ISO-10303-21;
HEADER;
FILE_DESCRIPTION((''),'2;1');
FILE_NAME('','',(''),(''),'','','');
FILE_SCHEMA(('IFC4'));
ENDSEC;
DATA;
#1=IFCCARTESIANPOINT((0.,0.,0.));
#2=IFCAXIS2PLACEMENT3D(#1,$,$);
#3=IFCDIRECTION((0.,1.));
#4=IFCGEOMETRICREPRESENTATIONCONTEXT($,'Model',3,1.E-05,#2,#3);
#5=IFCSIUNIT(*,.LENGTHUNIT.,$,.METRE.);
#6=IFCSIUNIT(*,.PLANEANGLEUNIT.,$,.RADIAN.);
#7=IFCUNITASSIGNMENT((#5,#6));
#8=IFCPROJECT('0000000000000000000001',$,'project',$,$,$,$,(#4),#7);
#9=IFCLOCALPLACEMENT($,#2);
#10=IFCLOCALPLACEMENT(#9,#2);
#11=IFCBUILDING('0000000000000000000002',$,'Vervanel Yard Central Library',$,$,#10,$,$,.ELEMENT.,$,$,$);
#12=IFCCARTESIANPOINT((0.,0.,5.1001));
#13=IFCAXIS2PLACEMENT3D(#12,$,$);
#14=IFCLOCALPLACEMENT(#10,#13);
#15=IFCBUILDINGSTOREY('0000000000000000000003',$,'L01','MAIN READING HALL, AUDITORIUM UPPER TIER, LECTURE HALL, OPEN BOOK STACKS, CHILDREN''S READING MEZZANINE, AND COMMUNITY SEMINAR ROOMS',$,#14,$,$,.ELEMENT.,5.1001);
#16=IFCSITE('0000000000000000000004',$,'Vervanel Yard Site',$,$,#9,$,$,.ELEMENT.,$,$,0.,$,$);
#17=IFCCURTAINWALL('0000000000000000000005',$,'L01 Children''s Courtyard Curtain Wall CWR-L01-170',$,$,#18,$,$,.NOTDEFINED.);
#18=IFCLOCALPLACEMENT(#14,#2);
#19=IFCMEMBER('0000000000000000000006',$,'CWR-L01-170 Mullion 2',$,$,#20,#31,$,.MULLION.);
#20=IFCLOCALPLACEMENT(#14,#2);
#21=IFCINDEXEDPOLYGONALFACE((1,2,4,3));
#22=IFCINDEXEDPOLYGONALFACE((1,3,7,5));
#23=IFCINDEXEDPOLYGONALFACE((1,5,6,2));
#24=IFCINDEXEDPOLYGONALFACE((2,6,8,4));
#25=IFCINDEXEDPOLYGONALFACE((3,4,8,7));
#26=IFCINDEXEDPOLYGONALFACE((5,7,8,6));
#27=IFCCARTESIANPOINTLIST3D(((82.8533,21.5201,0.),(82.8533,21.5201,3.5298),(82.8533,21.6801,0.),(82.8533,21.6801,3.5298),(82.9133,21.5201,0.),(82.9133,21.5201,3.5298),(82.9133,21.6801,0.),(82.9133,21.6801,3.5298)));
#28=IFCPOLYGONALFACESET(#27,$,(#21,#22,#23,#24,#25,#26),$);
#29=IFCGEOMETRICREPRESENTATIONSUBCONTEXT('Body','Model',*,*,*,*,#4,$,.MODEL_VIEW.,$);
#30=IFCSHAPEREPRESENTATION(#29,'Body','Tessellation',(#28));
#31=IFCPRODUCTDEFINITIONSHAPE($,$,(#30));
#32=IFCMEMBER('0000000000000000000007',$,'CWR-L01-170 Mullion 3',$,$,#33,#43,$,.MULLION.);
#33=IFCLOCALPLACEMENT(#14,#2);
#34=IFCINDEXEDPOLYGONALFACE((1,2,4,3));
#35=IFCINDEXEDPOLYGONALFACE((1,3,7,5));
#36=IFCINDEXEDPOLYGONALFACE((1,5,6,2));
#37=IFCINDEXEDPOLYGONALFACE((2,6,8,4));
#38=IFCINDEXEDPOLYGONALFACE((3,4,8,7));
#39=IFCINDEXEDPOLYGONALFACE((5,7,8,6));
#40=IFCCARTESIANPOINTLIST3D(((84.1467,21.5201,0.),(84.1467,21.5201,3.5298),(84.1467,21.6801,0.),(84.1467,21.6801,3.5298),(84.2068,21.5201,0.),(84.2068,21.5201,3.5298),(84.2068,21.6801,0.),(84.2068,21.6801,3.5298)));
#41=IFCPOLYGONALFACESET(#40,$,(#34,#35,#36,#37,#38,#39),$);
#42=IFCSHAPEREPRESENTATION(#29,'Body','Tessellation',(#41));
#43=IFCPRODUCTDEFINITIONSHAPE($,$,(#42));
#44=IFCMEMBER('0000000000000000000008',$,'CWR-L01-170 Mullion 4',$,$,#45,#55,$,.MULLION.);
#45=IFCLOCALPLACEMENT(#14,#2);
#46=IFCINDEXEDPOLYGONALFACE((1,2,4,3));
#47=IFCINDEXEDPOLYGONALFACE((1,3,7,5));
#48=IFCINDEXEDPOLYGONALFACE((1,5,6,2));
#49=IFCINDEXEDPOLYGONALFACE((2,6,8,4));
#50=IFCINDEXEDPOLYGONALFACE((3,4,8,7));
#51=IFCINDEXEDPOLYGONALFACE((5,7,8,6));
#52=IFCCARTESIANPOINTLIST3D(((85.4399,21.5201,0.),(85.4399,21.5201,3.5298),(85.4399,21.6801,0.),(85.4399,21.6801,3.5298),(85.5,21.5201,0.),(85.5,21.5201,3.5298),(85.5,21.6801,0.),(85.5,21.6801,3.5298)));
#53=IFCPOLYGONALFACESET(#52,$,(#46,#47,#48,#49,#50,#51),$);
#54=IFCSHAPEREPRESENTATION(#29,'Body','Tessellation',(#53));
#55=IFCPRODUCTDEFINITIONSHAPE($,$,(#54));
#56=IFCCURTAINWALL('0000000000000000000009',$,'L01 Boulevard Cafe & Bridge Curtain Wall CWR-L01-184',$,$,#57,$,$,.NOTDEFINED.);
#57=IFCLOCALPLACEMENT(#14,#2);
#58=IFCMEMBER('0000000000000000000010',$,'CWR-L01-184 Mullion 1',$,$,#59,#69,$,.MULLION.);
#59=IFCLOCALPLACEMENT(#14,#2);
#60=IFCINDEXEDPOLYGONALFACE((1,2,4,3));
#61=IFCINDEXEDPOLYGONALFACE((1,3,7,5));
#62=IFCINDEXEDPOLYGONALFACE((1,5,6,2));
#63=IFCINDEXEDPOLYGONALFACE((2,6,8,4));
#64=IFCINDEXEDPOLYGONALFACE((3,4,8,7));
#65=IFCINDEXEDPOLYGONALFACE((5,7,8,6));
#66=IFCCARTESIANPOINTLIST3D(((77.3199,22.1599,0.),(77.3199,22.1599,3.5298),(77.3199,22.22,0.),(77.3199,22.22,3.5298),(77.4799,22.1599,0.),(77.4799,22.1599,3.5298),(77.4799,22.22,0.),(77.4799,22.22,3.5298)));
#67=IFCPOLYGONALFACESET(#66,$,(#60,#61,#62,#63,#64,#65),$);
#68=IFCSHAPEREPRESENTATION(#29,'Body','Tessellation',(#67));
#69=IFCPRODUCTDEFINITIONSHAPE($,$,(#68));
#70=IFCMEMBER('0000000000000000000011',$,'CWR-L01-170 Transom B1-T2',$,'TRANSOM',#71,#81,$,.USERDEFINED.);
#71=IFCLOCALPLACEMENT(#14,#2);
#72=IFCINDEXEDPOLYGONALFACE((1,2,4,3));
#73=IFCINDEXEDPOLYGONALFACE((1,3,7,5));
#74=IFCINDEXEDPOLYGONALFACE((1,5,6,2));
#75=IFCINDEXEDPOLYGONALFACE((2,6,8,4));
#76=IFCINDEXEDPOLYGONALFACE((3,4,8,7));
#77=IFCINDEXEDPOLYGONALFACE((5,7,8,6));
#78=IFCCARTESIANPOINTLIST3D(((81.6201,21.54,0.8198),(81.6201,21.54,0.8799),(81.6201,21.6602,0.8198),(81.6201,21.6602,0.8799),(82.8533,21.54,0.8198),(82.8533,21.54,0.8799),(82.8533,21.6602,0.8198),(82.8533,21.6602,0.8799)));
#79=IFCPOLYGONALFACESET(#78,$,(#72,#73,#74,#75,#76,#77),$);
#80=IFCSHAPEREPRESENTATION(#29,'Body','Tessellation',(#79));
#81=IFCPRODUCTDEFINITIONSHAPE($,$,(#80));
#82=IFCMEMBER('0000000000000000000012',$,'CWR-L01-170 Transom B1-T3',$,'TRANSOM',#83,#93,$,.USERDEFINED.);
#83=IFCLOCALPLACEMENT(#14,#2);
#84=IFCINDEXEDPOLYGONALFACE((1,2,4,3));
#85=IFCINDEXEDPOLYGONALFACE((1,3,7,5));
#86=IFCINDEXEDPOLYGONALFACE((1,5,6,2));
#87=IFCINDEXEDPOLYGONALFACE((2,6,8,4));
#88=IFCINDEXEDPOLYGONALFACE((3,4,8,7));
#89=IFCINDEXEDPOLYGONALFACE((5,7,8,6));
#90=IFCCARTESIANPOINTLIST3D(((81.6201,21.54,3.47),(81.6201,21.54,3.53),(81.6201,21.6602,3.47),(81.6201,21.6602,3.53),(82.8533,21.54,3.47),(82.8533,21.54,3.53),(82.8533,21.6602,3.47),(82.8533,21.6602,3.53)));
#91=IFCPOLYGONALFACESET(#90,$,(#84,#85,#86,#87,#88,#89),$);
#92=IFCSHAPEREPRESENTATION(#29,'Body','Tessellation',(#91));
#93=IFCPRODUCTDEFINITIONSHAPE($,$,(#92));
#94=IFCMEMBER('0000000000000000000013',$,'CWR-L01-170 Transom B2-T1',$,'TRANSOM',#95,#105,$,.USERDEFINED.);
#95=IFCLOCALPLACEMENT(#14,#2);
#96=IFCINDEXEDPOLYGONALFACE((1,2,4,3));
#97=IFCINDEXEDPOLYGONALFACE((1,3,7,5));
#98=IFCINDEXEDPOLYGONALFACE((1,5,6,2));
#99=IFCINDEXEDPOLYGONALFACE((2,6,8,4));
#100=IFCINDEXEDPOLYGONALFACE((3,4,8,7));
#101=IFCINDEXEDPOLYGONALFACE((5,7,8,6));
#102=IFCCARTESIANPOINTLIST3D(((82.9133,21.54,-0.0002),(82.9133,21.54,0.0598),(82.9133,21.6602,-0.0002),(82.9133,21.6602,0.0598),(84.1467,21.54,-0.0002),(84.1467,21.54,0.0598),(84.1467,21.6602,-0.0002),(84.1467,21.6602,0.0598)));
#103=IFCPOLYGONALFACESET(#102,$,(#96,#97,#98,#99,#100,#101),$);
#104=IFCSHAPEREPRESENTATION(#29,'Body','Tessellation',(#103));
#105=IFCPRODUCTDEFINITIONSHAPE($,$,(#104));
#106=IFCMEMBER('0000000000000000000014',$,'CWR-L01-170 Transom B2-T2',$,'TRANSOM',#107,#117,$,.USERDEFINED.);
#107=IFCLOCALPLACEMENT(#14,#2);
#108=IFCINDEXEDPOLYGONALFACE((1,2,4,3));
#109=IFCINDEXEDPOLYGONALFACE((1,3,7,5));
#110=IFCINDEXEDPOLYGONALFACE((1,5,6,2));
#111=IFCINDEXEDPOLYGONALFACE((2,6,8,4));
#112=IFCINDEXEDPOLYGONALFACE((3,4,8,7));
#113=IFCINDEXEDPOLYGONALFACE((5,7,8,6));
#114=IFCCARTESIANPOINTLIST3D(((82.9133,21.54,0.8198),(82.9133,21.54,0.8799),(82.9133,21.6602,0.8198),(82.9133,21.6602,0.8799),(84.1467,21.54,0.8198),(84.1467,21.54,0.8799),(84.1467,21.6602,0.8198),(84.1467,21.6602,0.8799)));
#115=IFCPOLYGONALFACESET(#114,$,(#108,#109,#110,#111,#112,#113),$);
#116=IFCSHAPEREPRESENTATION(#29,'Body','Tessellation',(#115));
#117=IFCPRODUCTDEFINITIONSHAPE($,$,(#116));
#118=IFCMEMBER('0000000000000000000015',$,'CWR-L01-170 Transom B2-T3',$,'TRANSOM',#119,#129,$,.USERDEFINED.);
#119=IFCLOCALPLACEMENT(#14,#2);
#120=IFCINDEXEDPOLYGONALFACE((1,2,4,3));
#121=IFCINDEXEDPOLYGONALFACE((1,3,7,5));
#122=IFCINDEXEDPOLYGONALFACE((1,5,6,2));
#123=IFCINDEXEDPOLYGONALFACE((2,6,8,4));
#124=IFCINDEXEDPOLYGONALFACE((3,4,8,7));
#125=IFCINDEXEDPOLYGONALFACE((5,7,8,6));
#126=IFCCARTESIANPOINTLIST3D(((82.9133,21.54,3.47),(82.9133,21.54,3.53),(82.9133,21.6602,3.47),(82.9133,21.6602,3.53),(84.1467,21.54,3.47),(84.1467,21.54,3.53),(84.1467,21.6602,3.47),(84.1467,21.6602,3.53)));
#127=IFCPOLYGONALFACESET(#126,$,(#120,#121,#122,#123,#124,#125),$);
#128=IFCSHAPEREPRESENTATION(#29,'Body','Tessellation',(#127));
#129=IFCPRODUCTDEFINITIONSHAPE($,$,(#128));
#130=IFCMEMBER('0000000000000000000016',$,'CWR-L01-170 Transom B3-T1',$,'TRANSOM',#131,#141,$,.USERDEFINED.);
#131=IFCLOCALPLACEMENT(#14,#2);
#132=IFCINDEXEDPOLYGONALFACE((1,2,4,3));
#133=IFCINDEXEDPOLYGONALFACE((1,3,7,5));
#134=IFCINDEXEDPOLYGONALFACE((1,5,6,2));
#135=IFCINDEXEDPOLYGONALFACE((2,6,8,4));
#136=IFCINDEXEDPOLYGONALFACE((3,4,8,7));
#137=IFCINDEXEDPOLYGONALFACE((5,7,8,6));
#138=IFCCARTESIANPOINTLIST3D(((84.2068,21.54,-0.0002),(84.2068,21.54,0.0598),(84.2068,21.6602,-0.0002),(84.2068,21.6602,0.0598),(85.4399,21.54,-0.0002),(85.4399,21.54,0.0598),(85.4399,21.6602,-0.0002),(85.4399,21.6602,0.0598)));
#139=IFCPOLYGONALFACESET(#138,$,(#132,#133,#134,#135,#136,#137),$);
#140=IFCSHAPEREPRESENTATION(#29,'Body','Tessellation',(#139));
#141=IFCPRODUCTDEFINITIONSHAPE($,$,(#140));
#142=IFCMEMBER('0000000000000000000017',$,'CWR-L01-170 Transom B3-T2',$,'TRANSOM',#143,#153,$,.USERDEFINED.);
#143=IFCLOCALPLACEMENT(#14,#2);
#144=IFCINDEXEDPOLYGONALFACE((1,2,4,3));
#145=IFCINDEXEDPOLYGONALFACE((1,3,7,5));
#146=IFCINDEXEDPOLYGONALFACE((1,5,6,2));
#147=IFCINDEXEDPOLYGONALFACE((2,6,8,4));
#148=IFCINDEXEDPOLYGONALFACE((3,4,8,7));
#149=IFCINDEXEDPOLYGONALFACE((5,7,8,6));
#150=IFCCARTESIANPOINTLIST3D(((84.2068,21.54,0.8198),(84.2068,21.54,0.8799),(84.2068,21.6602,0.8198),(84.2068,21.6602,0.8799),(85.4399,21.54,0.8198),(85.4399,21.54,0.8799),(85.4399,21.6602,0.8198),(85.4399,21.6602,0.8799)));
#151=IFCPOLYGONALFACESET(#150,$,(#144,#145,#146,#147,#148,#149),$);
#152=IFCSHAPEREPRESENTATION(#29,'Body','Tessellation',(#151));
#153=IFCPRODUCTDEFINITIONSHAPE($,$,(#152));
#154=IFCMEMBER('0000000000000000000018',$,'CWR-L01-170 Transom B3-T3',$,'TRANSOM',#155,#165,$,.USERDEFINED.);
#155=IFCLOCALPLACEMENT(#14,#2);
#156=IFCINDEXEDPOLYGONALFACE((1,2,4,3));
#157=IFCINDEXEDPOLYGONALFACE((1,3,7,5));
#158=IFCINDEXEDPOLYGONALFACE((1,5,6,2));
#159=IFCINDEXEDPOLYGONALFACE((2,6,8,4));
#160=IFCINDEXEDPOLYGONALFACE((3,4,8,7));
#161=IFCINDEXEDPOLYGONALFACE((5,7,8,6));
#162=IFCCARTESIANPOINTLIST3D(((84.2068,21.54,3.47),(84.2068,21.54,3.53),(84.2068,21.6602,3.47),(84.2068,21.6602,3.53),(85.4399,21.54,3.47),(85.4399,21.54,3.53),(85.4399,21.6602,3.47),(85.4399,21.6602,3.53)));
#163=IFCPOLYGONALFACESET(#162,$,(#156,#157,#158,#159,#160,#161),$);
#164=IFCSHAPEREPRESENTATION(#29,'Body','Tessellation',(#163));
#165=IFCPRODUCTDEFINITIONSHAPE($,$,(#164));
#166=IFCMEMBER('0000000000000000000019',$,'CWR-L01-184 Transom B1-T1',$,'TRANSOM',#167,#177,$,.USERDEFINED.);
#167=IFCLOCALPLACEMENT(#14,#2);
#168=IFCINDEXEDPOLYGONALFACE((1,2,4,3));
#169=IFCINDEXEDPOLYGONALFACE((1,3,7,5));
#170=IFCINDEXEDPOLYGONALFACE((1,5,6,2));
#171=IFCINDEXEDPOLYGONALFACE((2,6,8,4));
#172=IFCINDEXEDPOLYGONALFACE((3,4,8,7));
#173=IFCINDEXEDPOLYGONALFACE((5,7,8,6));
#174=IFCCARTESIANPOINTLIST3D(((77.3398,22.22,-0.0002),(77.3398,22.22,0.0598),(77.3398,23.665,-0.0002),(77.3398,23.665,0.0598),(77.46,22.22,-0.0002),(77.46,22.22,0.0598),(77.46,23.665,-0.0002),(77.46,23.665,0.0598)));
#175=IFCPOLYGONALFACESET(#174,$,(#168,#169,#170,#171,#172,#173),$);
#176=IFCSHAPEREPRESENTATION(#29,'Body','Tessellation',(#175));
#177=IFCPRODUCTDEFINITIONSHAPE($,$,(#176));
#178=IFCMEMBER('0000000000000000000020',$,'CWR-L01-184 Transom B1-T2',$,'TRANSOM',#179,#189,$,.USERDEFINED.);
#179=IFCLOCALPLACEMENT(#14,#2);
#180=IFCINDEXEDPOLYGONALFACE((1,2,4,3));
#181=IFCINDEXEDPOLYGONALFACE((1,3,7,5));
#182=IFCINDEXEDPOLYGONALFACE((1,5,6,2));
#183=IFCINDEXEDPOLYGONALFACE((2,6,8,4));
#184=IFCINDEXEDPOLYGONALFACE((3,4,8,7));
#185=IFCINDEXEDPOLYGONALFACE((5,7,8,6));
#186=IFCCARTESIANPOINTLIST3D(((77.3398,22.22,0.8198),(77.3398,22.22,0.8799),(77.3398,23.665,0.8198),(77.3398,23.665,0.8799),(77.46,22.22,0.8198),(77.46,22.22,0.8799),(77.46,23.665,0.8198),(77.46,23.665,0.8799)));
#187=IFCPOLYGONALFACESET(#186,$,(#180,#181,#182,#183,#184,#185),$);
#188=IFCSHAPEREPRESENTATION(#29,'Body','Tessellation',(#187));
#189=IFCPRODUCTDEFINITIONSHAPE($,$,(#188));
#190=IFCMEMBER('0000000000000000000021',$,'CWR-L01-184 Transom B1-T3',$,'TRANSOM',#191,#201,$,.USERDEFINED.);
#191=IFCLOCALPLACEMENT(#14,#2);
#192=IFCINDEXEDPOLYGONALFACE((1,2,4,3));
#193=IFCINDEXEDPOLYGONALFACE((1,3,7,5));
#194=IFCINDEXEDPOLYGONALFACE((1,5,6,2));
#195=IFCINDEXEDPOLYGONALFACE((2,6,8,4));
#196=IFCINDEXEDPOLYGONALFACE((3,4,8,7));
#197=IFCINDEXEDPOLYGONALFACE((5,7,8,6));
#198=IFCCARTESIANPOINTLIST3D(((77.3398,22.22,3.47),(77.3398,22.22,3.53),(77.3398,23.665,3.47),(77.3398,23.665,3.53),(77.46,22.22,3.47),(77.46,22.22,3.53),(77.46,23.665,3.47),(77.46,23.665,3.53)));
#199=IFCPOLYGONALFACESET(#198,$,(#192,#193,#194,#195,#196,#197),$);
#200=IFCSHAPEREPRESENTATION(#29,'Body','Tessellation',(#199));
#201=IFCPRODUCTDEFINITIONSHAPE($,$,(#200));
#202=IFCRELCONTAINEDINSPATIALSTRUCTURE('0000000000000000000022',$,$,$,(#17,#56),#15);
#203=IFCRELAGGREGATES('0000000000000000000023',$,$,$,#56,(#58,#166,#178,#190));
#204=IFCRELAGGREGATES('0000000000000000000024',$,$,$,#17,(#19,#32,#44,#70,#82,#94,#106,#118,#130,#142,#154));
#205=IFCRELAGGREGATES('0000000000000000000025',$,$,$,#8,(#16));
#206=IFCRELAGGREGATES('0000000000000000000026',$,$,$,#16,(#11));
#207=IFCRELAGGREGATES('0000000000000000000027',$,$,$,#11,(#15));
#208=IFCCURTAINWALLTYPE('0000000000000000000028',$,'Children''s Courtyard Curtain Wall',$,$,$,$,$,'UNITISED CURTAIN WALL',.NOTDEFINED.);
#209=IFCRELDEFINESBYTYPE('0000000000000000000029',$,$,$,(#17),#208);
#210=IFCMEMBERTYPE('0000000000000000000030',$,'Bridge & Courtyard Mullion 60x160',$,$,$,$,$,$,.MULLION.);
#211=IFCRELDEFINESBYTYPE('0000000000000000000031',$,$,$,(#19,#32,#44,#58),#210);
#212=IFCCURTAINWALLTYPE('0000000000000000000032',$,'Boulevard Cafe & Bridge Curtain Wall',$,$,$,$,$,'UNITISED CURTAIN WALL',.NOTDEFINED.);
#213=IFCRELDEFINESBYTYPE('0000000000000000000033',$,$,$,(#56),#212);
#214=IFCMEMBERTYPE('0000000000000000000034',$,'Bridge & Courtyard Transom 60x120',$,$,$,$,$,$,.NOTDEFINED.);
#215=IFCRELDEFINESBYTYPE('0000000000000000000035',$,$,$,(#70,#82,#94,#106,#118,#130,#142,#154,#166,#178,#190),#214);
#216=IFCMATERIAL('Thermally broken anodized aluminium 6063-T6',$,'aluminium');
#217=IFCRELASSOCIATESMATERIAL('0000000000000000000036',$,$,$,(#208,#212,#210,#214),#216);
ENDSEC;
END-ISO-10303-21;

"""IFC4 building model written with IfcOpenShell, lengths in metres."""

from ifc_helpers import new_model, si_unit, direction, frame, origin, origin_2d, place, context, subcontext, project, spatial, rectangle, extrude, material, material_profile, profile_set, type_object, element, aggregate, save


model = new_model("IFC4")

# Units and contexts
model_context = context("Model", 3, precision=1e-05, world=origin(), true_north=direction((0.0, 1.0)))
body_context = subcontext(model_context, "Body", "Model", "MODEL_VIEW")
ifc_project = project(units=[si_unit("LENGTHUNIT", "METRE"), si_unit("PLANEANGLEUNIT", "RADIAN")], contexts=[model_context])

# Site, building, storey
site_placement = place(None, origin())
site = spatial("IfcSite", under=ifc_project, at=site_placement, Name="Vervanel Yard Site", CompositionType="ELEMENT", RefElevation=0.0)
building_placement = place(site_placement, origin())
building = spatial("IfcBuilding", under=site, at=building_placement, Name="Vervanel Yard Central Library", CompositionType="ELEMENT")
storey_placement = place(building_placement, frame((0.0, 0.0, 5.1001)))
storey = spatial("IfcBuildingStorey", under=building, at=storey_placement, Name="L01", Description="MAIN READING HALL, AUDITORIUM UPPER TIER, LECTURE HALL, OPEN BOOK STACKS, CHILDREN'S READING MEZZANINE, AND COMMUNITY SEMINAR ROOMS", CompositionType="ELEMENT", Elevation=5.1001)

# Curtain wall, members
ifc_material_1 = material(Name="Thermally broken anodized aluminium 6063-T6", Category="aluminium")
curtain_wall_type_1 = type_object("IfcCurtainWallType", Name="Children's Courtyard Curtain Wall", ElementType="UNITISED CURTAIN WALL", PredefinedType="NOTDEFINED", material=ifc_material_1)
curtain_wall_1_placement = place(storey_placement, origin())
curtain_wall_1 = element("IfcCurtainWall", 1, at=curtain_wall_1_placement, inside=storey, type_object=curtain_wall_type_1, Name="L01 Children's Courtyard Curtain Wall CWR-L01-170", PredefinedType="NOTDEFINED")
ifc_material_profile_1 = material_profile(ifc_material_1, rectangle(XDim=0.0601, YDim=0.1599, at=origin_2d()), Name="ALU 60x160", Category="aluminium")
ifc_profile_set_1 = profile_set([ifc_material_profile_1], Name="Thermally broken anodized aluminium 6063-T6")
member_type_1 = type_object("IfcMemberType", Name="Bridge & Courtyard Mullion 60x160", PredefinedType="MULLION", material=ifc_profile_set_1)
member_1_placement = place(storey_placement, frame((82.8833, 21.6001, 0.0), z_axis=(0.0, 0.0, 1.0), x_axis=(1.0, 0.0, 0.0)))
member_1 = element("IfcMember", 2, at=member_1_placement, type_object=member_type_1, Name="CWR-L01-170 Mullion 2", PredefinedType="MULLION", context=body_context, shape_type="SweptSolid", body=[
    extrude(rectangle(XDim=0.0601, YDim=0.1599, at=origin_2d()), origin(), (0.0, 0.0, 1.0), 3.5298),
])
member_2_placement = place(storey_placement, frame((84.1768, 21.6001, 0.0), z_axis=(0.0, 0.0, 1.0), x_axis=(1.0, 0.0, 0.0)))
member_2 = element("IfcMember", 3, at=member_2_placement, type_object=member_type_1, Name="CWR-L01-170 Mullion 3", PredefinedType="MULLION", context=body_context, shape_type="SweptSolid", body=[
    extrude(rectangle(XDim=0.0601, YDim=0.1599, at=origin_2d()), origin(), (0.0, 0.0, 1.0), 3.5298),
])
member_3_placement = place(storey_placement, frame((85.47, 21.6001, 0.0), z_axis=(0.0, 0.0, 1.0), x_axis=(1.0, 0.0, 0.0)))
member_3 = element("IfcMember", 4, at=member_3_placement, type_object=member_type_1, Name="CWR-L01-170 Mullion 4", PredefinedType="MULLION", context=body_context, shape_type="SweptSolid", body=[
    extrude(rectangle(XDim=0.0601, YDim=0.1599, at=origin_2d()), origin(), (0.0, 0.0, 1.0), 3.5298),
])

# Curtain wall, member
curtain_wall_type_2 = type_object("IfcCurtainWallType", Name="Boulevard Cafe & Bridge Curtain Wall", ElementType="UNITISED CURTAIN WALL", PredefinedType="NOTDEFINED", material=ifc_material_1)
curtain_wall_2_placement = place(storey_placement, origin())
curtain_wall_2 = element("IfcCurtainWall", 5, at=curtain_wall_2_placement, inside=storey, type_object=curtain_wall_type_2, Name="L01 Boulevard Cafe & Bridge Curtain Wall CWR-L01-184", PredefinedType="NOTDEFINED")
member_4_placement = place(storey_placement, frame((77.3999, 22.1899, 0.0), z_axis=(0.0, 0.0, 1.0), x_axis=(0.0, 1.0, 0.0)))
member_4 = element("IfcMember", 6, at=member_4_placement, type_object=member_type_1, Name="CWR-L01-184 Mullion 1", PredefinedType="MULLION", context=body_context, shape_type="SweptSolid", body=[
    extrude(rectangle(XDim=0.0601, YDim=0.1599, at=origin_2d()), origin(), (0.0, 0.0, 1.0), 3.5298),
])

# Members
ifc_material_profile_2 = material_profile(ifc_material_1, rectangle(XDim=0.0601, YDim=0.1201, at=origin_2d()), Name="ALU 60x120", Category="aluminium")
ifc_profile_set_2 = profile_set([ifc_material_profile_2], Name="Thermally broken anodized aluminium 6063-T6")
member_type_2 = type_object("IfcMemberType", Name="Bridge & Courtyard Transom 60x120", PredefinedType="NOTDEFINED", material=ifc_profile_set_2)
member_5_placement = place(storey_placement, frame((81.6201, 21.6001, 0.8499), z_axis=(1.0, 0.0, 0.0), x_axis=(0.0, 0.0, 1.0)))
member_5 = element("IfcMember", 7, at=member_5_placement, type_object=member_type_2, Name="CWR-L01-170 Transom B1-T2", ObjectType="TRANSOM", PredefinedType="USERDEFINED", context=body_context, shape_type="SweptSolid", body=[
    extrude(rectangle(XDim=0.0601, YDim=0.1201, at=origin_2d()), origin(), (0.0, 0.0, 1.0), 1.2332),
])
member_6_placement = place(storey_placement, frame((81.6201, 21.6001, 3.5), z_axis=(1.0, 0.0, 0.0), x_axis=(0.0, 0.0, 1.0)))
member_6 = element("IfcMember", 8, at=member_6_placement, type_object=member_type_2, Name="CWR-L01-170 Transom B1-T3", ObjectType="TRANSOM", PredefinedType="USERDEFINED", context=body_context, shape_type="SweptSolid", body=[
    extrude(rectangle(XDim=0.0601, YDim=0.1201, at=origin_2d()), origin(), (0.0, 0.0, 1.0), 1.2332),
])
member_7_placement = place(storey_placement, frame((82.9133, 21.6001, 0.0298), z_axis=(1.0, 0.0, 0.0), x_axis=(0.0, 0.0, 1.0)))
member_7 = element("IfcMember", 9, at=member_7_placement, type_object=member_type_2, Name="CWR-L01-170 Transom B2-T1", ObjectType="TRANSOM", PredefinedType="USERDEFINED", context=body_context, shape_type="SweptSolid", body=[
    extrude(rectangle(XDim=0.0601, YDim=0.1201, at=origin_2d()), origin(), (0.0, 0.0, 1.0), 1.2334),
])
member_8_placement = place(storey_placement, frame((82.9133, 21.6001, 0.8499), z_axis=(1.0, 0.0, 0.0), x_axis=(0.0, 0.0, 1.0)))
member_8 = element("IfcMember", 10, at=member_8_placement, type_object=member_type_2, Name="CWR-L01-170 Transom B2-T2", ObjectType="TRANSOM", PredefinedType="USERDEFINED", context=body_context, shape_type="SweptSolid", body=[
    extrude(rectangle(XDim=0.0601, YDim=0.1201, at=origin_2d()), origin(), (0.0, 0.0, 1.0), 1.2334),
])
member_9_placement = place(storey_placement, frame((82.9133, 21.6001, 3.5), z_axis=(1.0, 0.0, 0.0), x_axis=(0.0, 0.0, 1.0)))
member_9 = element("IfcMember", 11, at=member_9_placement, type_object=member_type_2, Name="CWR-L01-170 Transom B2-T3", ObjectType="TRANSOM", PredefinedType="USERDEFINED", context=body_context, shape_type="SweptSolid", body=[
    extrude(rectangle(XDim=0.0601, YDim=0.1201, at=origin_2d()), origin(), (0.0, 0.0, 1.0), 1.2334),
])
member_10_placement = place(storey_placement, frame((84.2068, 21.6001, 0.0298), z_axis=(1.0, 0.0, 0.0), x_axis=(0.0, 0.0, 1.0)))
member_10 = element("IfcMember", 12, at=member_10_placement, type_object=member_type_2, Name="CWR-L01-170 Transom B3-T1", ObjectType="TRANSOM", PredefinedType="USERDEFINED", context=body_context, shape_type="SweptSolid", body=[
    extrude(rectangle(XDim=0.0601, YDim=0.1201, at=origin_2d()), origin(), (0.0, 0.0, 1.0), 1.2332),
])
member_11_placement = place(storey_placement, frame((84.2068, 21.6001, 0.8499), z_axis=(1.0, 0.0, 0.0), x_axis=(0.0, 0.0, 1.0)))
member_11 = element("IfcMember", 13, at=member_11_placement, type_object=member_type_2, Name="CWR-L01-170 Transom B3-T2", ObjectType="TRANSOM", PredefinedType="USERDEFINED", context=body_context, shape_type="SweptSolid", body=[
    extrude(rectangle(XDim=0.0601, YDim=0.1201, at=origin_2d()), origin(), (0.0, 0.0, 1.0), 1.2332),
])
member_12_placement = place(storey_placement, frame((84.2068, 21.6001, 3.5), z_axis=(1.0, 0.0, 0.0), x_axis=(0.0, 0.0, 1.0)))
member_12 = element("IfcMember", 14, at=member_12_placement, type_object=member_type_2, Name="CWR-L01-170 Transom B3-T3", ObjectType="TRANSOM", PredefinedType="USERDEFINED", context=body_context, shape_type="SweptSolid", body=[
    extrude(rectangle(XDim=0.0601, YDim=0.1201, at=origin_2d()), origin(), (0.0, 0.0, 1.0), 1.2332),
])
member_13_placement = place(storey_placement, frame((77.3999, 22.22, 0.0298), z_axis=(0.0, 1.0, 0.0), x_axis=(0.0, 0.0, 1.0)))
member_13 = element("IfcMember", 15, at=member_13_placement, type_object=member_type_2, Name="CWR-L01-184 Transom B1-T1", ObjectType="TRANSOM", PredefinedType="USERDEFINED", context=body_context, shape_type="SweptSolid", body=[
    extrude(rectangle(XDim=0.0601, YDim=0.1201, at=origin_2d()), origin(), (0.0, 0.0, 1.0), 1.4451),
])
member_14_placement = place(storey_placement, frame((77.3999, 22.22, 0.8499), z_axis=(0.0, 1.0, 0.0), x_axis=(0.0, 0.0, 1.0)))
member_14 = element("IfcMember", 16, at=member_14_placement, type_object=member_type_2, Name="CWR-L01-184 Transom B1-T2", ObjectType="TRANSOM", PredefinedType="USERDEFINED", context=body_context, shape_type="SweptSolid", body=[
    extrude(rectangle(XDim=0.0601, YDim=0.1201, at=origin_2d()), origin(), (0.0, 0.0, 1.0), 1.4451),
])
member_15_placement = place(storey_placement, frame((77.3999, 22.22, 3.5), z_axis=(0.0, 1.0, 0.0), x_axis=(0.0, 0.0, 1.0)))
member_15 = element("IfcMember", 17, at=member_15_placement, type_object=member_type_2, Name="CWR-L01-184 Transom B1-T3", ObjectType="TRANSOM", PredefinedType="USERDEFINED", context=body_context, shape_type="SweptSolid", body=[
    extrude(rectangle(XDim=0.0601, YDim=0.1201, at=origin_2d()), origin(), (0.0, 0.0, 1.0), 1.4451),
])
aggregate(curtain_wall_2, [member_4, member_13, member_14, member_15])

aggregate(curtain_wall_1, [member_1, member_2, member_3, member_5, member_6, member_7, member_8, member_9, member_10, member_11, member_12])

save(model, "model.ifc")
